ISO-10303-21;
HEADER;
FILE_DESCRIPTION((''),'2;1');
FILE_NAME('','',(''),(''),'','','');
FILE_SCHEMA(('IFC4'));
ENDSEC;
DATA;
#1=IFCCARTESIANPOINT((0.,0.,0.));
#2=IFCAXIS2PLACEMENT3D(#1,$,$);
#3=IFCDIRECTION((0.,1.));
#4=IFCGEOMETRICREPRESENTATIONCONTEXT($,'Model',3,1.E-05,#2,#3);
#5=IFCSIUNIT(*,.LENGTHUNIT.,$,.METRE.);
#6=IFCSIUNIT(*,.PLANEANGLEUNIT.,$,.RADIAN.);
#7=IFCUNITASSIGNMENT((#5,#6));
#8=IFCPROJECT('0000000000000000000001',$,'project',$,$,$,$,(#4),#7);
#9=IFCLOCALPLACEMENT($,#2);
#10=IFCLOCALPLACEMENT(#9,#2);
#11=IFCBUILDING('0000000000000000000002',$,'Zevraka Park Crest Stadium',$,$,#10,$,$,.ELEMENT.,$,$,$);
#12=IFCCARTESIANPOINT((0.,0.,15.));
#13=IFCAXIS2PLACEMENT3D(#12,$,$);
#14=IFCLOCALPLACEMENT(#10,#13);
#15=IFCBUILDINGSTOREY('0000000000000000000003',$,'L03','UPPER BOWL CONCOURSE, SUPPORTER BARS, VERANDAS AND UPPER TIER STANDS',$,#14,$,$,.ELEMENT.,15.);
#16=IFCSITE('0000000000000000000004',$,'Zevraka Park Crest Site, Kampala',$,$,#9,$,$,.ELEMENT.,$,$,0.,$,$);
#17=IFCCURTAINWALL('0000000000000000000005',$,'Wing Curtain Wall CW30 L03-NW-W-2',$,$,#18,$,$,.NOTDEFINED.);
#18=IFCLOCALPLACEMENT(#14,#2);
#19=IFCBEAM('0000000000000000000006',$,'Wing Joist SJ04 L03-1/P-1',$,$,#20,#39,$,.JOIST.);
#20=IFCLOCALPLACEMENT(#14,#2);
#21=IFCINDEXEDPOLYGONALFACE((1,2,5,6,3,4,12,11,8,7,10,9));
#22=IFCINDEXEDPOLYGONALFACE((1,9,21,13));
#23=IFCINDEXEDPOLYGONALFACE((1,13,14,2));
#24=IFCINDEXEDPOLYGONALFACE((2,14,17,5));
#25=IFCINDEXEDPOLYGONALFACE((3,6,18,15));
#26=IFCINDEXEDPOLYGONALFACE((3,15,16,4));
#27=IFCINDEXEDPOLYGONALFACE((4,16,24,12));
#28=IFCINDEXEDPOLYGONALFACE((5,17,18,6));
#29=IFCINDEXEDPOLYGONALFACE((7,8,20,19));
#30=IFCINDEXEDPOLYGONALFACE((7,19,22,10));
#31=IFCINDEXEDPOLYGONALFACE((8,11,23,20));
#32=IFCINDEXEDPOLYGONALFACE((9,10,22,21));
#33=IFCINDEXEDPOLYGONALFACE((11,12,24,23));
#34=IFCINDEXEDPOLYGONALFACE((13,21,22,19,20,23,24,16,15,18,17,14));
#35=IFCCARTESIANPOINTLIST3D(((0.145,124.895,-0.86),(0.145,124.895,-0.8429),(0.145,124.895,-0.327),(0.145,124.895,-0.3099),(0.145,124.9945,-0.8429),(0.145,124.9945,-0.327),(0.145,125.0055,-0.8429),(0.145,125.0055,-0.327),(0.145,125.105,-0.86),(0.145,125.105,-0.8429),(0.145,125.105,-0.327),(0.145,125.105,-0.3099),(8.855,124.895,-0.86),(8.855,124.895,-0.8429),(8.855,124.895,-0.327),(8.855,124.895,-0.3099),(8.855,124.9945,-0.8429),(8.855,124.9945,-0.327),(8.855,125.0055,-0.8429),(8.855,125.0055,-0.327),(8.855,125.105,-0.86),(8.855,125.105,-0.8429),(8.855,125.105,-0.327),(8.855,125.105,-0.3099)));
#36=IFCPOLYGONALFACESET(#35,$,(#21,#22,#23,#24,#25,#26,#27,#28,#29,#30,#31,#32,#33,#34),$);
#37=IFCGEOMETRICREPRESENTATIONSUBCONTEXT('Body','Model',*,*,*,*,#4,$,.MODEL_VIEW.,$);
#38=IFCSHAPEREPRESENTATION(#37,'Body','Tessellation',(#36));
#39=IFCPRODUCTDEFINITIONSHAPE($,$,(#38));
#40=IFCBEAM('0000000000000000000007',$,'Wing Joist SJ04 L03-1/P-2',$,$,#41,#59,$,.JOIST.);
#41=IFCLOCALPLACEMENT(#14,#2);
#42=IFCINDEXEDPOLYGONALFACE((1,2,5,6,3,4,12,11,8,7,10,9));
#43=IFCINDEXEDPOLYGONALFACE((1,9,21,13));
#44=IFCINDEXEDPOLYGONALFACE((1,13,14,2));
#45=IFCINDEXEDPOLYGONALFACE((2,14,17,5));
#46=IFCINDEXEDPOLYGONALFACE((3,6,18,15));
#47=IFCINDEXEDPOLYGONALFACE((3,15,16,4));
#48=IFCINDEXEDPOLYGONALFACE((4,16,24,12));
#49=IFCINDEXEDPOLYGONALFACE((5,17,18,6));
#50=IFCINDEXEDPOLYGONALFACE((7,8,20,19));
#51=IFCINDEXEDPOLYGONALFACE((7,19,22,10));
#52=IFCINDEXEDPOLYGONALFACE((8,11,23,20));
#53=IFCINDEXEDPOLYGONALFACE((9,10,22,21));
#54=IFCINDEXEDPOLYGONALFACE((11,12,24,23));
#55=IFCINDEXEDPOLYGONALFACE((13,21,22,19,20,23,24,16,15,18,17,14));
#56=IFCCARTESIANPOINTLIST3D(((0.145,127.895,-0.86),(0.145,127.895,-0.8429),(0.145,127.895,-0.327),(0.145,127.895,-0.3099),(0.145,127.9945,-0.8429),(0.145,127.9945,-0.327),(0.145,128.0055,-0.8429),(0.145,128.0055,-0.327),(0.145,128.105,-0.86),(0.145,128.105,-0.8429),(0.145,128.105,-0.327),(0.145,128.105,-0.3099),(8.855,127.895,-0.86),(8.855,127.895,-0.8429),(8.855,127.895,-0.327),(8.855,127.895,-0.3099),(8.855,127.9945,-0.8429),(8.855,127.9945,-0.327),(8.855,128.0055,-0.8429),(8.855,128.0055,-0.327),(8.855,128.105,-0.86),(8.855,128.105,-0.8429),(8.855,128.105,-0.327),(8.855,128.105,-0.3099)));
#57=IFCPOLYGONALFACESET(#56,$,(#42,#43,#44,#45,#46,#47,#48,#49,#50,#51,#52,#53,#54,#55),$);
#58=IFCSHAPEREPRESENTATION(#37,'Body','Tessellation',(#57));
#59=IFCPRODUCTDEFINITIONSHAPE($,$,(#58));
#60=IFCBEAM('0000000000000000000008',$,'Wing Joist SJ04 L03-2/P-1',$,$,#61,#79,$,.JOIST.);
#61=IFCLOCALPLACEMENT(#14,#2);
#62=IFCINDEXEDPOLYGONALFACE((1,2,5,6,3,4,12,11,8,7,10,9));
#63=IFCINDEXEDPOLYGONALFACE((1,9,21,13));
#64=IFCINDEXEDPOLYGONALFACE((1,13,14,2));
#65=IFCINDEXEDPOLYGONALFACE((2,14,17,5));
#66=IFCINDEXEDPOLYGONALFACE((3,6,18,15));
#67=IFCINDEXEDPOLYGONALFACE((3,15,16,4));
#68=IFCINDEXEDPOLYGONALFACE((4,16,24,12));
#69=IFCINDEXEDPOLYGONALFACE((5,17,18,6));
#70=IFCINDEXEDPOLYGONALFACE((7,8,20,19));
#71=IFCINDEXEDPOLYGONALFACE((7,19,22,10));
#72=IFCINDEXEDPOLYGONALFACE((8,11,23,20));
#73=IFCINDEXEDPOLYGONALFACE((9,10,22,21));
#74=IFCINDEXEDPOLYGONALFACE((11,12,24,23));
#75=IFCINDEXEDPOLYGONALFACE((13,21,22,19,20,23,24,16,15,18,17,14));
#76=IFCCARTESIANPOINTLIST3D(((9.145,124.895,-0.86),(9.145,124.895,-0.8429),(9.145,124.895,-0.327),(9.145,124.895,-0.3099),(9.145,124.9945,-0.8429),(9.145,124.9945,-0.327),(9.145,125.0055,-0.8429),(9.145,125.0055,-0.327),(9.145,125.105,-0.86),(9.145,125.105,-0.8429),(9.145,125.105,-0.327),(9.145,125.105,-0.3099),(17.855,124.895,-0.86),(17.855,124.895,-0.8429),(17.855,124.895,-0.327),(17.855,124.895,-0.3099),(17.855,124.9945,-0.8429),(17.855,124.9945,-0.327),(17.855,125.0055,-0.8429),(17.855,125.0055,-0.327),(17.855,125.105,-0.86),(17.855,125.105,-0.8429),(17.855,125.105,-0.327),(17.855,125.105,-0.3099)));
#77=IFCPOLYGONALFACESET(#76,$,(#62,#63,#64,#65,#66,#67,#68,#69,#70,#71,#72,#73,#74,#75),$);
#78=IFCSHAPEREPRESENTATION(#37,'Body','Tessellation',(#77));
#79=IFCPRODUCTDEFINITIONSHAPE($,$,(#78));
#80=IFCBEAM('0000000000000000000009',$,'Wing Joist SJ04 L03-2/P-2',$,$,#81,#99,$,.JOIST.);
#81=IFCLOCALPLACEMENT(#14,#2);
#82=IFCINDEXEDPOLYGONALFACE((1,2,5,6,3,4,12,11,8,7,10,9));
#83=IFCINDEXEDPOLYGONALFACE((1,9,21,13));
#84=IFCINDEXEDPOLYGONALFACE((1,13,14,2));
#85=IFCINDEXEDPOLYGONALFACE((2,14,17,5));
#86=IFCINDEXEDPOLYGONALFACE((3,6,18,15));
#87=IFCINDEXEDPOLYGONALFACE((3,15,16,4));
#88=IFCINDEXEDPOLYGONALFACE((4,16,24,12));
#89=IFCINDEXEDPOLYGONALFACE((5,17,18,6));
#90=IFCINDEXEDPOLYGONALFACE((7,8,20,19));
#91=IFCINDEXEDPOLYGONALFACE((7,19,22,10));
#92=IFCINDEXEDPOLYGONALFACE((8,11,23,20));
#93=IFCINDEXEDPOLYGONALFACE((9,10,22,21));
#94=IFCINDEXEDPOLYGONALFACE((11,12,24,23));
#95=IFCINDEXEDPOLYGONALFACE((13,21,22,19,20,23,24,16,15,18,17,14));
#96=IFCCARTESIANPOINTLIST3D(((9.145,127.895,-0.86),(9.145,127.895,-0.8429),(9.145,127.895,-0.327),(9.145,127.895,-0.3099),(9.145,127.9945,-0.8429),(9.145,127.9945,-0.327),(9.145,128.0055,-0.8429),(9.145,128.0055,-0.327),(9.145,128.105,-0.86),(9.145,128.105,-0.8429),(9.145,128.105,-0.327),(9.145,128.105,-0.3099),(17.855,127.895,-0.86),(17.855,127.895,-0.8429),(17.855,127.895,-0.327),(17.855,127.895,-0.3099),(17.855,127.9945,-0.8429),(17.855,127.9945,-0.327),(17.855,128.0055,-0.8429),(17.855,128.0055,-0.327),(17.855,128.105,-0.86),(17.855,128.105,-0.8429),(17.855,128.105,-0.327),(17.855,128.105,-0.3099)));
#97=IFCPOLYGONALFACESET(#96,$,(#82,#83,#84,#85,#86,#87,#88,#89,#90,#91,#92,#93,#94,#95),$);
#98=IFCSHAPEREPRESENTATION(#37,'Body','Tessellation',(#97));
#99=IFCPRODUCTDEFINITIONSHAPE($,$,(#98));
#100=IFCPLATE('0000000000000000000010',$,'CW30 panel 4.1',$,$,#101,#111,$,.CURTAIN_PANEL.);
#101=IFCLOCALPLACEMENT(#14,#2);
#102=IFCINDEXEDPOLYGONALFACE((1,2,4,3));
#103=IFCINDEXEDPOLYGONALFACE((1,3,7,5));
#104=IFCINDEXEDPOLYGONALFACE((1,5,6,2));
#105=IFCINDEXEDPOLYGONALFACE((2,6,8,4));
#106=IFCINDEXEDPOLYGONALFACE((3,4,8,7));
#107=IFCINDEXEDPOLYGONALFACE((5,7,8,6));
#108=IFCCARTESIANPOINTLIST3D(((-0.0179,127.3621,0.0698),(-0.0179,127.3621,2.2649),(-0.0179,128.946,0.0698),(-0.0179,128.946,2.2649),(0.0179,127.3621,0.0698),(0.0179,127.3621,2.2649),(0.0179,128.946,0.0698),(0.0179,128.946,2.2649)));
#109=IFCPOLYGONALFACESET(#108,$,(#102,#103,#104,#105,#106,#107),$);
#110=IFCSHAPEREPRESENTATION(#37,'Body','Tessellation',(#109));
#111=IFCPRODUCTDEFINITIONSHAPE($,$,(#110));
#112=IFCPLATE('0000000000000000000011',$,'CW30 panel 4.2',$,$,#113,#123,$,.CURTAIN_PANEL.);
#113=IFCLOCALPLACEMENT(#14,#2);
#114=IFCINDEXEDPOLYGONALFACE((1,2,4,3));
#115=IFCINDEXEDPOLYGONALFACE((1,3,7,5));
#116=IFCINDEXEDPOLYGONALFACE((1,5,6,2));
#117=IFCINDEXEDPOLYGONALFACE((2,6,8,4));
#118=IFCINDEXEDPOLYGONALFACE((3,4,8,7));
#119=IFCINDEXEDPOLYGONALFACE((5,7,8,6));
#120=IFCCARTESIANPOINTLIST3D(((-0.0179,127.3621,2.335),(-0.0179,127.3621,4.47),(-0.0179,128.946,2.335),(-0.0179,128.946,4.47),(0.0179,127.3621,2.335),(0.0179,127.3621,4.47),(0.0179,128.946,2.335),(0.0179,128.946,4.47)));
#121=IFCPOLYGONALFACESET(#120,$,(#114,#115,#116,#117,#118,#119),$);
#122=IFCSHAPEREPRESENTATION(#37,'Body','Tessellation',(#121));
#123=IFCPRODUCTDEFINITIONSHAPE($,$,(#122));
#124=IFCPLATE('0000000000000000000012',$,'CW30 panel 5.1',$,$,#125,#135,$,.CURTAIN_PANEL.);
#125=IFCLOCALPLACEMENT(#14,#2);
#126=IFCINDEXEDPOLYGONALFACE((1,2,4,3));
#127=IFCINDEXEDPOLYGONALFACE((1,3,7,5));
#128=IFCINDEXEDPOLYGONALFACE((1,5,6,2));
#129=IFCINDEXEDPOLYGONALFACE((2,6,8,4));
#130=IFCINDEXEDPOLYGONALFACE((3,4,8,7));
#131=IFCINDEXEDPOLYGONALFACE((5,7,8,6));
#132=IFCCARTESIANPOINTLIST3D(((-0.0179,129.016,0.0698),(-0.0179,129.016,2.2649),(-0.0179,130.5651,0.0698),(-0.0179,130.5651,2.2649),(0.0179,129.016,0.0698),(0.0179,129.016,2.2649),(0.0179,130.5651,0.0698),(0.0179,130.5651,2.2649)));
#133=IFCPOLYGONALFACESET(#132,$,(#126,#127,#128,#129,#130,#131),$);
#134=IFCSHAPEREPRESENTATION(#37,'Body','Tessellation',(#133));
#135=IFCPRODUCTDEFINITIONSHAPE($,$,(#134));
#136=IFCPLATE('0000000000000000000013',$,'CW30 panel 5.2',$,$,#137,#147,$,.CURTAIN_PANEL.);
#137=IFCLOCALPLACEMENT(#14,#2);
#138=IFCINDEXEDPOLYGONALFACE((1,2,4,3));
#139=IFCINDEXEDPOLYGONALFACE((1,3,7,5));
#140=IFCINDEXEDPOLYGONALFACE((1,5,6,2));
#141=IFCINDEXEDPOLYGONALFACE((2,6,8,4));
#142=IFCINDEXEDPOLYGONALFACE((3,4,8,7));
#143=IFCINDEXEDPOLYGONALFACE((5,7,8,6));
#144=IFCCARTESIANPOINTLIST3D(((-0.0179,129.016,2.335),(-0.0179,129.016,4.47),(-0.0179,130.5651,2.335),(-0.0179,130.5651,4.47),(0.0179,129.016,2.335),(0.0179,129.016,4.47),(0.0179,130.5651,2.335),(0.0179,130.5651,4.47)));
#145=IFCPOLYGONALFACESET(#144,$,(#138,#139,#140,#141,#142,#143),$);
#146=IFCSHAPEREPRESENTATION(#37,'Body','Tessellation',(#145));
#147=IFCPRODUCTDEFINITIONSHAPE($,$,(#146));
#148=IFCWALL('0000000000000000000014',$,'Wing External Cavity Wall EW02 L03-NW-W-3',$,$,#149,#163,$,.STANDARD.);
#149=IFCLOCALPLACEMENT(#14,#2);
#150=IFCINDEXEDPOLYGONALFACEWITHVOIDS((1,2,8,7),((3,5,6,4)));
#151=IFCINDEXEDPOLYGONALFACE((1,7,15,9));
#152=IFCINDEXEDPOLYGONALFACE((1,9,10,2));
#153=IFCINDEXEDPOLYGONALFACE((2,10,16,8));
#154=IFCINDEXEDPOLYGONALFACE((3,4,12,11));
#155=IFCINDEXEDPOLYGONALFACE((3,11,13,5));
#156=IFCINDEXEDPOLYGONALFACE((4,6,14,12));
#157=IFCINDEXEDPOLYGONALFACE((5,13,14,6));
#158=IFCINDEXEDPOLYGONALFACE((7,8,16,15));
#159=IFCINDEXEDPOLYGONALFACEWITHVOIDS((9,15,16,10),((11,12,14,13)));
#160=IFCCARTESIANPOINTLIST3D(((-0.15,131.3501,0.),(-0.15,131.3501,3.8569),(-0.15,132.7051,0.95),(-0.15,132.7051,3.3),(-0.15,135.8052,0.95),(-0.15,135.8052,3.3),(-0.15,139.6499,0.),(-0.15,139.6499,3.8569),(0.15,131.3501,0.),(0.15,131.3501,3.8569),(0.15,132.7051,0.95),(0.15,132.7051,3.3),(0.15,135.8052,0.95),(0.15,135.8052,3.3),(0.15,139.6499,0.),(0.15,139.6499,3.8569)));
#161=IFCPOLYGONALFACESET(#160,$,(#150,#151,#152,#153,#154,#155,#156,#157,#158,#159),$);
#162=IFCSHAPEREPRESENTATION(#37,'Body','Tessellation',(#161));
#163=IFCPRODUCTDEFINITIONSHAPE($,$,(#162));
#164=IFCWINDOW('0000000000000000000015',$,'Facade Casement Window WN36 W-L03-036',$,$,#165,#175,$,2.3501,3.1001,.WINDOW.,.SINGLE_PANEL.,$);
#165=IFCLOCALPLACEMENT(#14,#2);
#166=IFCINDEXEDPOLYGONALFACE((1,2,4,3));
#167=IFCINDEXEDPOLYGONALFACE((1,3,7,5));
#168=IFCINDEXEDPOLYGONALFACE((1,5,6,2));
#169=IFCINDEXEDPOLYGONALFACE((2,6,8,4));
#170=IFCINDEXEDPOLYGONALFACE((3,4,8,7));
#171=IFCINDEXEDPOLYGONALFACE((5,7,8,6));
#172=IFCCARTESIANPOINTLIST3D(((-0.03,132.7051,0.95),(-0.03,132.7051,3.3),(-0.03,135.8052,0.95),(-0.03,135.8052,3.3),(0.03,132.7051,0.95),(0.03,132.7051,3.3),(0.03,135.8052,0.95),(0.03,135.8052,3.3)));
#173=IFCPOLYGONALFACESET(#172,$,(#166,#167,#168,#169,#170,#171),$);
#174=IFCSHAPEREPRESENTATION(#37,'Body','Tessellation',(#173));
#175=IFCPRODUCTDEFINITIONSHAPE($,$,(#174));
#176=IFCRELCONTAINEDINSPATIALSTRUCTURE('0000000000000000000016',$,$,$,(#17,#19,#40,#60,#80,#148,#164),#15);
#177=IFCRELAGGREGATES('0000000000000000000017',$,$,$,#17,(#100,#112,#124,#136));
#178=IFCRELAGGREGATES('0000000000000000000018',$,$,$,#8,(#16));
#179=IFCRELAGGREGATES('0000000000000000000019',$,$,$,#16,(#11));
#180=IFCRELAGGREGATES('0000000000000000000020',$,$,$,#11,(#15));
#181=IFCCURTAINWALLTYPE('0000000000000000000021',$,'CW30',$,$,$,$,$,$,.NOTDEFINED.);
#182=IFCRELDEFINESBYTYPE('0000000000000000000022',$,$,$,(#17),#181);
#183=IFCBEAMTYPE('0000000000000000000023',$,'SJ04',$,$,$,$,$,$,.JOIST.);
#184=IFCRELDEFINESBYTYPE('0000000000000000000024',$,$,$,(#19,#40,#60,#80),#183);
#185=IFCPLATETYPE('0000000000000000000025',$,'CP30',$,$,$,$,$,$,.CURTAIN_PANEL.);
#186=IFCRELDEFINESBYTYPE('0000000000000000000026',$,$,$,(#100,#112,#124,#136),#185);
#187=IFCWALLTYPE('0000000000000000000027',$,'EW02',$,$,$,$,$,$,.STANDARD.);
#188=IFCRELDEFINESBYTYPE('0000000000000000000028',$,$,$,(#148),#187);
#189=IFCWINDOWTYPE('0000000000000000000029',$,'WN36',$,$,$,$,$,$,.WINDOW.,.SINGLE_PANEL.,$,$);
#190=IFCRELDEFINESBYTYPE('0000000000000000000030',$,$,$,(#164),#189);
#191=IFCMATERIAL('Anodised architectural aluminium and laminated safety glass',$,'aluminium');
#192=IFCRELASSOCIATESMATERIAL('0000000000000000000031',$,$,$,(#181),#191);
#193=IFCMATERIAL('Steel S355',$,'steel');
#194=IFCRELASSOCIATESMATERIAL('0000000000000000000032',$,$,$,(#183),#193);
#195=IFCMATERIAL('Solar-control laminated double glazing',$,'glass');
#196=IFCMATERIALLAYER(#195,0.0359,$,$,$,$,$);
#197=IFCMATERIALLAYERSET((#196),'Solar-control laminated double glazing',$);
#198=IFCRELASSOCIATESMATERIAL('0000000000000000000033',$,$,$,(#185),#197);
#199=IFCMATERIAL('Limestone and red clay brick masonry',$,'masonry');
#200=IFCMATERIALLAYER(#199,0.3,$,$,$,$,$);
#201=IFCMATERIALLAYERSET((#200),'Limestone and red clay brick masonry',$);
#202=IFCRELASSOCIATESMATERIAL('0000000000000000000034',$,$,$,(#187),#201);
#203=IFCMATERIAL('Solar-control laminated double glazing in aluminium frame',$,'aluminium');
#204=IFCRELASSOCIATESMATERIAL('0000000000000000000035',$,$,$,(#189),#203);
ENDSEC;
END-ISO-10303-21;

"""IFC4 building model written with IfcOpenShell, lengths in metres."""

from ifc_helpers import new_model, si_unit, direction, frame, frame_2d, origin, origin_2d, place, context, subcontext, project, spatial, rectangle, i_section, extrude, material, layer, layer_set, material_profile, profile_set, type_object, element, fill, aggregate, save


model = new_model("IFC4")

# Units and contexts
model_context = context("Model", 3, precision=1e-05, world=origin(), true_north=direction((0.0, 1.0)))
body_context = subcontext(model_context, "Body", "Model", "MODEL_VIEW")
ifc_project = project(units=[si_unit("LENGTHUNIT", "METRE"), si_unit("PLANEANGLEUNIT", "RADIAN")], contexts=[model_context])

# Site, building, storey
site_placement = place(None, origin())
site = spatial("IfcSite", under=ifc_project, at=site_placement, Name="Zevraka Park Crest Site, Kampala", CompositionType="ELEMENT", RefElevation=0.0)
building_placement = place(site_placement, origin())
building = spatial("IfcBuilding", under=site, at=building_placement, Name="Zevraka Park Crest Stadium", CompositionType="ELEMENT")
storey_placement = place(building_placement, frame((0.0, 0.0, 15.0)))
storey = spatial("IfcBuildingStorey", under=building, at=storey_placement, Name="L03", Description="UPPER BOWL CONCOURSE, SUPPORTER BARS, VERANDAS AND UPPER TIER STANDS", CompositionType="ELEMENT", Elevation=15.0)

# Curtain wall
ifc_material_1 = material(Name="Anodised architectural aluminium and laminated safety glass", Category="aluminium")
curtain_wall_type = type_object("IfcCurtainWallType", Name="CW30", PredefinedType="NOTDEFINED", material=ifc_material_1)
curtain_wall_placement = place(storey_placement, origin())
curtain_wall = element("IfcCurtainWall", 1, at=curtain_wall_placement, inside=storey, type_object=curtain_wall_type, Name="Wing Curtain Wall CW30 L03-NW-W-2", PredefinedType="NOTDEFINED")

# Beams
ifc_material_2 = material(Name="Steel S355", Category="steel")
ifc_material_profile_1 = material_profile(ifc_material_2, i_section(OverallWidth=0.21, OverallDepth=0.55, WebThickness=0.011, FlangeThickness=0.0171, at=origin_2d()), Name="IPE 550")
ifc_profile_set_1 = profile_set([ifc_material_profile_1], Name="Steel S355")
beam_type_1 = type_object("IfcBeamType", Name="SJ04", PredefinedType="JOIST", material=ifc_profile_set_1)
for number, where, z_axis, x_axis, name in (
    (2, (0.145, 125.0, -0.585), (1.0, 0.0, 0.0), (0.0, 1.0, 0.0), "Wing Joist SJ04 L03-1/P-1"),
    (3, (0.145, 128.0, -0.585), (1.0, 0.0, 0.0), (0.0, 1.0, 0.0), "Wing Joist SJ04 L03-1/P-2"),
    (4, (9.145, 125.0, -0.585), (1.0, 0.0, 0.0), (0.0, 1.0, 0.0), "Wing Joist SJ04 L03-2/P-1"),
    (5, (9.145, 128.0, -0.585), (1.0, 0.0, 0.0), (0.0, 1.0, 0.0), "Wing Joist SJ04 L03-2/P-2"),
):
    element("IfcBeam", number, at=place(storey_placement, frame(where, z_axis=z_axis, x_axis=x_axis)), inside=storey, type_object=beam_type_1, Name=name, PredefinedType="JOIST", context=body_context, shape_type="SweptSolid", body=[
        extrude(i_section(OverallWidth=0.21, OverallDepth=0.55, WebThickness=0.011, FlangeThickness=0.0171, at=origin_2d()), origin(), (0.0, 0.0, 1.0), 8.71),
    ])

# Plates
ifc_material_3 = material(Name="Solar-control laminated double glazing", Category="glass")
ifc_layer_1 = layer(ifc_material_3, 0.0359)
ifc_layer_set_1 = layer_set([ifc_layer_1], Name="Solar-control laminated double glazing")
plate_type = type_object("IfcPlateType", Name="CP30", PredefinedType="CURTAIN_PANEL", material=ifc_layer_set_1)
plate_1_placement = place(storey_placement, frame((0.0, 128.1541, 0.0698), z_axis=(0.0, 0.0, 1.0), x_axis=(0.0, 1.0, 0.0)))
plate_1 = element("IfcPlate", 6, at=plate_1_placement, type_object=plate_type, Name="CW30 panel 4.1", PredefinedType="CURTAIN_PANEL", context=body_context, shape_type="SweptSolid", body=[
    extrude(rectangle(XDim=1.584, YDim=0.0359, at=origin_2d()), origin(), (0.0, 0.0, 1.0), 2.1951),
])
plate_2_placement = place(storey_placement, frame((0.0, 128.1541, 2.335), z_axis=(0.0, 0.0, 1.0), x_axis=(0.0, 1.0, 0.0)))
plate_2 = element("IfcPlate", 7, at=plate_2_placement, type_object=plate_type, Name="CW30 panel 4.2", PredefinedType="CURTAIN_PANEL", context=body_context, shape_type="SweptSolid", body=[
    extrude(rectangle(XDim=1.584, YDim=0.0359, at=origin_2d()), origin(), (0.0, 0.0, 1.0), 2.135),
])
plate_3_placement = place(storey_placement, frame((0.0, 129.7905, 0.0698), z_axis=(0.0, 0.0, 1.0), x_axis=(0.0, 1.0, 0.0)))
plate_3 = element("IfcPlate", 8, at=plate_3_placement, type_object=plate_type, Name="CW30 panel 5.1", PredefinedType="CURTAIN_PANEL", context=body_context, shape_type="SweptSolid", body=[
    extrude(rectangle(XDim=1.5491, YDim=0.0359, at=origin_2d()), origin(), (0.0, 0.0, 1.0), 2.1951),
])
plate_4_placement = place(storey_placement, frame((0.0, 129.7905, 2.335), z_axis=(0.0, 0.0, 1.0), x_axis=(0.0, 1.0, 0.0)))
plate_4 = element("IfcPlate", 9, at=plate_4_placement, type_object=plate_type, Name="CW30 panel 5.2", PredefinedType="CURTAIN_PANEL", context=body_context, shape_type="SweptSolid", body=[
    extrude(rectangle(XDim=1.5491, YDim=0.0359, at=origin_2d()), origin(), (0.0, 0.0, 1.0), 2.135),
])
aggregate(curtain_wall, [plate_1, plate_2, plate_3, plate_4])

# Wall, opening, window
ifc_material_4 = material(Name="Limestone and red clay brick masonry", Category="masonry")
ifc_layer_2 = layer(ifc_material_4, 0.3)
ifc_layer_set_2 = layer_set([ifc_layer_2], Name="Limestone and red clay brick masonry")
wall_type = type_object("IfcWallType", Name="EW02", PredefinedType="STANDARD", material=ifc_layer_set_2)
wall_placement = place(storey_placement, frame((0.0, 131.3501, 0.0), z_axis=(0.0, 0.0, 1.0), x_axis=(0.0, 1.0, 0.0)))
wall = element("IfcWall", 10, at=wall_placement, inside=storey, type_object=wall_type, Name="Wing External Cavity Wall EW02 L03-NW-W-3", PredefinedType="STANDARD", context=body_context, shape_type="SweptSolid", body=[
    extrude(rectangle(XDim=8.2998, YDim=0.3, at=frame_2d((4.1499, 0.0))), origin(), (0.0, 0.0, 1.0), 3.8569),
])
opening_placement = place(wall_placement, frame((1.355, 0.0, 0.95)))
opening = element("IfcOpeningElement", 11, at=opening_placement, cuts=wall, PredefinedType="OPENING", context=body_context, shape_type="SweptSolid", body=[
    extrude(rectangle(XDim=3.1001, YDim=2.3501, at=frame_2d((1.55, 1.175))), frame((0.0, 0.1599, 0.0), z_axis=(0.0, -1.0, 0.0), x_axis=(1.0, 0.0, 0.0)), (0.0, 0.0, 1.0), 0.3201),
])
ifc_material_5 = material(Name="Solar-control laminated double glazing in aluminium frame", Category="aluminium")
window_type = type_object("IfcWindowType", Name="WN36", PartitioningType="SINGLE_PANEL", PredefinedType="WINDOW", material=ifc_material_5)
window_placement = place(opening_placement, origin())
window = element("IfcWindow", 12, at=window_placement, inside=storey, type_object=window_type, Name="Facade Casement Window WN36 W-L03-036", OverallHeight=2.3501, OverallWidth=3.1001, PartitioningType="SINGLE_PANEL", PredefinedType="WINDOW", context=body_context, shape_type="SweptSolid", body=[
    extrude(rectangle(XDim=3.1001, YDim=2.3501, at=frame_2d((1.55, 1.175))), frame((0.0, 0.03, 0.0), z_axis=(0.0, -1.0, 0.0), x_axis=(1.0, 0.0, 0.0)), (0.0, 0.0, 1.0), 0.0601),
])
fill(opening, window)

save(model, "model.ifc")
